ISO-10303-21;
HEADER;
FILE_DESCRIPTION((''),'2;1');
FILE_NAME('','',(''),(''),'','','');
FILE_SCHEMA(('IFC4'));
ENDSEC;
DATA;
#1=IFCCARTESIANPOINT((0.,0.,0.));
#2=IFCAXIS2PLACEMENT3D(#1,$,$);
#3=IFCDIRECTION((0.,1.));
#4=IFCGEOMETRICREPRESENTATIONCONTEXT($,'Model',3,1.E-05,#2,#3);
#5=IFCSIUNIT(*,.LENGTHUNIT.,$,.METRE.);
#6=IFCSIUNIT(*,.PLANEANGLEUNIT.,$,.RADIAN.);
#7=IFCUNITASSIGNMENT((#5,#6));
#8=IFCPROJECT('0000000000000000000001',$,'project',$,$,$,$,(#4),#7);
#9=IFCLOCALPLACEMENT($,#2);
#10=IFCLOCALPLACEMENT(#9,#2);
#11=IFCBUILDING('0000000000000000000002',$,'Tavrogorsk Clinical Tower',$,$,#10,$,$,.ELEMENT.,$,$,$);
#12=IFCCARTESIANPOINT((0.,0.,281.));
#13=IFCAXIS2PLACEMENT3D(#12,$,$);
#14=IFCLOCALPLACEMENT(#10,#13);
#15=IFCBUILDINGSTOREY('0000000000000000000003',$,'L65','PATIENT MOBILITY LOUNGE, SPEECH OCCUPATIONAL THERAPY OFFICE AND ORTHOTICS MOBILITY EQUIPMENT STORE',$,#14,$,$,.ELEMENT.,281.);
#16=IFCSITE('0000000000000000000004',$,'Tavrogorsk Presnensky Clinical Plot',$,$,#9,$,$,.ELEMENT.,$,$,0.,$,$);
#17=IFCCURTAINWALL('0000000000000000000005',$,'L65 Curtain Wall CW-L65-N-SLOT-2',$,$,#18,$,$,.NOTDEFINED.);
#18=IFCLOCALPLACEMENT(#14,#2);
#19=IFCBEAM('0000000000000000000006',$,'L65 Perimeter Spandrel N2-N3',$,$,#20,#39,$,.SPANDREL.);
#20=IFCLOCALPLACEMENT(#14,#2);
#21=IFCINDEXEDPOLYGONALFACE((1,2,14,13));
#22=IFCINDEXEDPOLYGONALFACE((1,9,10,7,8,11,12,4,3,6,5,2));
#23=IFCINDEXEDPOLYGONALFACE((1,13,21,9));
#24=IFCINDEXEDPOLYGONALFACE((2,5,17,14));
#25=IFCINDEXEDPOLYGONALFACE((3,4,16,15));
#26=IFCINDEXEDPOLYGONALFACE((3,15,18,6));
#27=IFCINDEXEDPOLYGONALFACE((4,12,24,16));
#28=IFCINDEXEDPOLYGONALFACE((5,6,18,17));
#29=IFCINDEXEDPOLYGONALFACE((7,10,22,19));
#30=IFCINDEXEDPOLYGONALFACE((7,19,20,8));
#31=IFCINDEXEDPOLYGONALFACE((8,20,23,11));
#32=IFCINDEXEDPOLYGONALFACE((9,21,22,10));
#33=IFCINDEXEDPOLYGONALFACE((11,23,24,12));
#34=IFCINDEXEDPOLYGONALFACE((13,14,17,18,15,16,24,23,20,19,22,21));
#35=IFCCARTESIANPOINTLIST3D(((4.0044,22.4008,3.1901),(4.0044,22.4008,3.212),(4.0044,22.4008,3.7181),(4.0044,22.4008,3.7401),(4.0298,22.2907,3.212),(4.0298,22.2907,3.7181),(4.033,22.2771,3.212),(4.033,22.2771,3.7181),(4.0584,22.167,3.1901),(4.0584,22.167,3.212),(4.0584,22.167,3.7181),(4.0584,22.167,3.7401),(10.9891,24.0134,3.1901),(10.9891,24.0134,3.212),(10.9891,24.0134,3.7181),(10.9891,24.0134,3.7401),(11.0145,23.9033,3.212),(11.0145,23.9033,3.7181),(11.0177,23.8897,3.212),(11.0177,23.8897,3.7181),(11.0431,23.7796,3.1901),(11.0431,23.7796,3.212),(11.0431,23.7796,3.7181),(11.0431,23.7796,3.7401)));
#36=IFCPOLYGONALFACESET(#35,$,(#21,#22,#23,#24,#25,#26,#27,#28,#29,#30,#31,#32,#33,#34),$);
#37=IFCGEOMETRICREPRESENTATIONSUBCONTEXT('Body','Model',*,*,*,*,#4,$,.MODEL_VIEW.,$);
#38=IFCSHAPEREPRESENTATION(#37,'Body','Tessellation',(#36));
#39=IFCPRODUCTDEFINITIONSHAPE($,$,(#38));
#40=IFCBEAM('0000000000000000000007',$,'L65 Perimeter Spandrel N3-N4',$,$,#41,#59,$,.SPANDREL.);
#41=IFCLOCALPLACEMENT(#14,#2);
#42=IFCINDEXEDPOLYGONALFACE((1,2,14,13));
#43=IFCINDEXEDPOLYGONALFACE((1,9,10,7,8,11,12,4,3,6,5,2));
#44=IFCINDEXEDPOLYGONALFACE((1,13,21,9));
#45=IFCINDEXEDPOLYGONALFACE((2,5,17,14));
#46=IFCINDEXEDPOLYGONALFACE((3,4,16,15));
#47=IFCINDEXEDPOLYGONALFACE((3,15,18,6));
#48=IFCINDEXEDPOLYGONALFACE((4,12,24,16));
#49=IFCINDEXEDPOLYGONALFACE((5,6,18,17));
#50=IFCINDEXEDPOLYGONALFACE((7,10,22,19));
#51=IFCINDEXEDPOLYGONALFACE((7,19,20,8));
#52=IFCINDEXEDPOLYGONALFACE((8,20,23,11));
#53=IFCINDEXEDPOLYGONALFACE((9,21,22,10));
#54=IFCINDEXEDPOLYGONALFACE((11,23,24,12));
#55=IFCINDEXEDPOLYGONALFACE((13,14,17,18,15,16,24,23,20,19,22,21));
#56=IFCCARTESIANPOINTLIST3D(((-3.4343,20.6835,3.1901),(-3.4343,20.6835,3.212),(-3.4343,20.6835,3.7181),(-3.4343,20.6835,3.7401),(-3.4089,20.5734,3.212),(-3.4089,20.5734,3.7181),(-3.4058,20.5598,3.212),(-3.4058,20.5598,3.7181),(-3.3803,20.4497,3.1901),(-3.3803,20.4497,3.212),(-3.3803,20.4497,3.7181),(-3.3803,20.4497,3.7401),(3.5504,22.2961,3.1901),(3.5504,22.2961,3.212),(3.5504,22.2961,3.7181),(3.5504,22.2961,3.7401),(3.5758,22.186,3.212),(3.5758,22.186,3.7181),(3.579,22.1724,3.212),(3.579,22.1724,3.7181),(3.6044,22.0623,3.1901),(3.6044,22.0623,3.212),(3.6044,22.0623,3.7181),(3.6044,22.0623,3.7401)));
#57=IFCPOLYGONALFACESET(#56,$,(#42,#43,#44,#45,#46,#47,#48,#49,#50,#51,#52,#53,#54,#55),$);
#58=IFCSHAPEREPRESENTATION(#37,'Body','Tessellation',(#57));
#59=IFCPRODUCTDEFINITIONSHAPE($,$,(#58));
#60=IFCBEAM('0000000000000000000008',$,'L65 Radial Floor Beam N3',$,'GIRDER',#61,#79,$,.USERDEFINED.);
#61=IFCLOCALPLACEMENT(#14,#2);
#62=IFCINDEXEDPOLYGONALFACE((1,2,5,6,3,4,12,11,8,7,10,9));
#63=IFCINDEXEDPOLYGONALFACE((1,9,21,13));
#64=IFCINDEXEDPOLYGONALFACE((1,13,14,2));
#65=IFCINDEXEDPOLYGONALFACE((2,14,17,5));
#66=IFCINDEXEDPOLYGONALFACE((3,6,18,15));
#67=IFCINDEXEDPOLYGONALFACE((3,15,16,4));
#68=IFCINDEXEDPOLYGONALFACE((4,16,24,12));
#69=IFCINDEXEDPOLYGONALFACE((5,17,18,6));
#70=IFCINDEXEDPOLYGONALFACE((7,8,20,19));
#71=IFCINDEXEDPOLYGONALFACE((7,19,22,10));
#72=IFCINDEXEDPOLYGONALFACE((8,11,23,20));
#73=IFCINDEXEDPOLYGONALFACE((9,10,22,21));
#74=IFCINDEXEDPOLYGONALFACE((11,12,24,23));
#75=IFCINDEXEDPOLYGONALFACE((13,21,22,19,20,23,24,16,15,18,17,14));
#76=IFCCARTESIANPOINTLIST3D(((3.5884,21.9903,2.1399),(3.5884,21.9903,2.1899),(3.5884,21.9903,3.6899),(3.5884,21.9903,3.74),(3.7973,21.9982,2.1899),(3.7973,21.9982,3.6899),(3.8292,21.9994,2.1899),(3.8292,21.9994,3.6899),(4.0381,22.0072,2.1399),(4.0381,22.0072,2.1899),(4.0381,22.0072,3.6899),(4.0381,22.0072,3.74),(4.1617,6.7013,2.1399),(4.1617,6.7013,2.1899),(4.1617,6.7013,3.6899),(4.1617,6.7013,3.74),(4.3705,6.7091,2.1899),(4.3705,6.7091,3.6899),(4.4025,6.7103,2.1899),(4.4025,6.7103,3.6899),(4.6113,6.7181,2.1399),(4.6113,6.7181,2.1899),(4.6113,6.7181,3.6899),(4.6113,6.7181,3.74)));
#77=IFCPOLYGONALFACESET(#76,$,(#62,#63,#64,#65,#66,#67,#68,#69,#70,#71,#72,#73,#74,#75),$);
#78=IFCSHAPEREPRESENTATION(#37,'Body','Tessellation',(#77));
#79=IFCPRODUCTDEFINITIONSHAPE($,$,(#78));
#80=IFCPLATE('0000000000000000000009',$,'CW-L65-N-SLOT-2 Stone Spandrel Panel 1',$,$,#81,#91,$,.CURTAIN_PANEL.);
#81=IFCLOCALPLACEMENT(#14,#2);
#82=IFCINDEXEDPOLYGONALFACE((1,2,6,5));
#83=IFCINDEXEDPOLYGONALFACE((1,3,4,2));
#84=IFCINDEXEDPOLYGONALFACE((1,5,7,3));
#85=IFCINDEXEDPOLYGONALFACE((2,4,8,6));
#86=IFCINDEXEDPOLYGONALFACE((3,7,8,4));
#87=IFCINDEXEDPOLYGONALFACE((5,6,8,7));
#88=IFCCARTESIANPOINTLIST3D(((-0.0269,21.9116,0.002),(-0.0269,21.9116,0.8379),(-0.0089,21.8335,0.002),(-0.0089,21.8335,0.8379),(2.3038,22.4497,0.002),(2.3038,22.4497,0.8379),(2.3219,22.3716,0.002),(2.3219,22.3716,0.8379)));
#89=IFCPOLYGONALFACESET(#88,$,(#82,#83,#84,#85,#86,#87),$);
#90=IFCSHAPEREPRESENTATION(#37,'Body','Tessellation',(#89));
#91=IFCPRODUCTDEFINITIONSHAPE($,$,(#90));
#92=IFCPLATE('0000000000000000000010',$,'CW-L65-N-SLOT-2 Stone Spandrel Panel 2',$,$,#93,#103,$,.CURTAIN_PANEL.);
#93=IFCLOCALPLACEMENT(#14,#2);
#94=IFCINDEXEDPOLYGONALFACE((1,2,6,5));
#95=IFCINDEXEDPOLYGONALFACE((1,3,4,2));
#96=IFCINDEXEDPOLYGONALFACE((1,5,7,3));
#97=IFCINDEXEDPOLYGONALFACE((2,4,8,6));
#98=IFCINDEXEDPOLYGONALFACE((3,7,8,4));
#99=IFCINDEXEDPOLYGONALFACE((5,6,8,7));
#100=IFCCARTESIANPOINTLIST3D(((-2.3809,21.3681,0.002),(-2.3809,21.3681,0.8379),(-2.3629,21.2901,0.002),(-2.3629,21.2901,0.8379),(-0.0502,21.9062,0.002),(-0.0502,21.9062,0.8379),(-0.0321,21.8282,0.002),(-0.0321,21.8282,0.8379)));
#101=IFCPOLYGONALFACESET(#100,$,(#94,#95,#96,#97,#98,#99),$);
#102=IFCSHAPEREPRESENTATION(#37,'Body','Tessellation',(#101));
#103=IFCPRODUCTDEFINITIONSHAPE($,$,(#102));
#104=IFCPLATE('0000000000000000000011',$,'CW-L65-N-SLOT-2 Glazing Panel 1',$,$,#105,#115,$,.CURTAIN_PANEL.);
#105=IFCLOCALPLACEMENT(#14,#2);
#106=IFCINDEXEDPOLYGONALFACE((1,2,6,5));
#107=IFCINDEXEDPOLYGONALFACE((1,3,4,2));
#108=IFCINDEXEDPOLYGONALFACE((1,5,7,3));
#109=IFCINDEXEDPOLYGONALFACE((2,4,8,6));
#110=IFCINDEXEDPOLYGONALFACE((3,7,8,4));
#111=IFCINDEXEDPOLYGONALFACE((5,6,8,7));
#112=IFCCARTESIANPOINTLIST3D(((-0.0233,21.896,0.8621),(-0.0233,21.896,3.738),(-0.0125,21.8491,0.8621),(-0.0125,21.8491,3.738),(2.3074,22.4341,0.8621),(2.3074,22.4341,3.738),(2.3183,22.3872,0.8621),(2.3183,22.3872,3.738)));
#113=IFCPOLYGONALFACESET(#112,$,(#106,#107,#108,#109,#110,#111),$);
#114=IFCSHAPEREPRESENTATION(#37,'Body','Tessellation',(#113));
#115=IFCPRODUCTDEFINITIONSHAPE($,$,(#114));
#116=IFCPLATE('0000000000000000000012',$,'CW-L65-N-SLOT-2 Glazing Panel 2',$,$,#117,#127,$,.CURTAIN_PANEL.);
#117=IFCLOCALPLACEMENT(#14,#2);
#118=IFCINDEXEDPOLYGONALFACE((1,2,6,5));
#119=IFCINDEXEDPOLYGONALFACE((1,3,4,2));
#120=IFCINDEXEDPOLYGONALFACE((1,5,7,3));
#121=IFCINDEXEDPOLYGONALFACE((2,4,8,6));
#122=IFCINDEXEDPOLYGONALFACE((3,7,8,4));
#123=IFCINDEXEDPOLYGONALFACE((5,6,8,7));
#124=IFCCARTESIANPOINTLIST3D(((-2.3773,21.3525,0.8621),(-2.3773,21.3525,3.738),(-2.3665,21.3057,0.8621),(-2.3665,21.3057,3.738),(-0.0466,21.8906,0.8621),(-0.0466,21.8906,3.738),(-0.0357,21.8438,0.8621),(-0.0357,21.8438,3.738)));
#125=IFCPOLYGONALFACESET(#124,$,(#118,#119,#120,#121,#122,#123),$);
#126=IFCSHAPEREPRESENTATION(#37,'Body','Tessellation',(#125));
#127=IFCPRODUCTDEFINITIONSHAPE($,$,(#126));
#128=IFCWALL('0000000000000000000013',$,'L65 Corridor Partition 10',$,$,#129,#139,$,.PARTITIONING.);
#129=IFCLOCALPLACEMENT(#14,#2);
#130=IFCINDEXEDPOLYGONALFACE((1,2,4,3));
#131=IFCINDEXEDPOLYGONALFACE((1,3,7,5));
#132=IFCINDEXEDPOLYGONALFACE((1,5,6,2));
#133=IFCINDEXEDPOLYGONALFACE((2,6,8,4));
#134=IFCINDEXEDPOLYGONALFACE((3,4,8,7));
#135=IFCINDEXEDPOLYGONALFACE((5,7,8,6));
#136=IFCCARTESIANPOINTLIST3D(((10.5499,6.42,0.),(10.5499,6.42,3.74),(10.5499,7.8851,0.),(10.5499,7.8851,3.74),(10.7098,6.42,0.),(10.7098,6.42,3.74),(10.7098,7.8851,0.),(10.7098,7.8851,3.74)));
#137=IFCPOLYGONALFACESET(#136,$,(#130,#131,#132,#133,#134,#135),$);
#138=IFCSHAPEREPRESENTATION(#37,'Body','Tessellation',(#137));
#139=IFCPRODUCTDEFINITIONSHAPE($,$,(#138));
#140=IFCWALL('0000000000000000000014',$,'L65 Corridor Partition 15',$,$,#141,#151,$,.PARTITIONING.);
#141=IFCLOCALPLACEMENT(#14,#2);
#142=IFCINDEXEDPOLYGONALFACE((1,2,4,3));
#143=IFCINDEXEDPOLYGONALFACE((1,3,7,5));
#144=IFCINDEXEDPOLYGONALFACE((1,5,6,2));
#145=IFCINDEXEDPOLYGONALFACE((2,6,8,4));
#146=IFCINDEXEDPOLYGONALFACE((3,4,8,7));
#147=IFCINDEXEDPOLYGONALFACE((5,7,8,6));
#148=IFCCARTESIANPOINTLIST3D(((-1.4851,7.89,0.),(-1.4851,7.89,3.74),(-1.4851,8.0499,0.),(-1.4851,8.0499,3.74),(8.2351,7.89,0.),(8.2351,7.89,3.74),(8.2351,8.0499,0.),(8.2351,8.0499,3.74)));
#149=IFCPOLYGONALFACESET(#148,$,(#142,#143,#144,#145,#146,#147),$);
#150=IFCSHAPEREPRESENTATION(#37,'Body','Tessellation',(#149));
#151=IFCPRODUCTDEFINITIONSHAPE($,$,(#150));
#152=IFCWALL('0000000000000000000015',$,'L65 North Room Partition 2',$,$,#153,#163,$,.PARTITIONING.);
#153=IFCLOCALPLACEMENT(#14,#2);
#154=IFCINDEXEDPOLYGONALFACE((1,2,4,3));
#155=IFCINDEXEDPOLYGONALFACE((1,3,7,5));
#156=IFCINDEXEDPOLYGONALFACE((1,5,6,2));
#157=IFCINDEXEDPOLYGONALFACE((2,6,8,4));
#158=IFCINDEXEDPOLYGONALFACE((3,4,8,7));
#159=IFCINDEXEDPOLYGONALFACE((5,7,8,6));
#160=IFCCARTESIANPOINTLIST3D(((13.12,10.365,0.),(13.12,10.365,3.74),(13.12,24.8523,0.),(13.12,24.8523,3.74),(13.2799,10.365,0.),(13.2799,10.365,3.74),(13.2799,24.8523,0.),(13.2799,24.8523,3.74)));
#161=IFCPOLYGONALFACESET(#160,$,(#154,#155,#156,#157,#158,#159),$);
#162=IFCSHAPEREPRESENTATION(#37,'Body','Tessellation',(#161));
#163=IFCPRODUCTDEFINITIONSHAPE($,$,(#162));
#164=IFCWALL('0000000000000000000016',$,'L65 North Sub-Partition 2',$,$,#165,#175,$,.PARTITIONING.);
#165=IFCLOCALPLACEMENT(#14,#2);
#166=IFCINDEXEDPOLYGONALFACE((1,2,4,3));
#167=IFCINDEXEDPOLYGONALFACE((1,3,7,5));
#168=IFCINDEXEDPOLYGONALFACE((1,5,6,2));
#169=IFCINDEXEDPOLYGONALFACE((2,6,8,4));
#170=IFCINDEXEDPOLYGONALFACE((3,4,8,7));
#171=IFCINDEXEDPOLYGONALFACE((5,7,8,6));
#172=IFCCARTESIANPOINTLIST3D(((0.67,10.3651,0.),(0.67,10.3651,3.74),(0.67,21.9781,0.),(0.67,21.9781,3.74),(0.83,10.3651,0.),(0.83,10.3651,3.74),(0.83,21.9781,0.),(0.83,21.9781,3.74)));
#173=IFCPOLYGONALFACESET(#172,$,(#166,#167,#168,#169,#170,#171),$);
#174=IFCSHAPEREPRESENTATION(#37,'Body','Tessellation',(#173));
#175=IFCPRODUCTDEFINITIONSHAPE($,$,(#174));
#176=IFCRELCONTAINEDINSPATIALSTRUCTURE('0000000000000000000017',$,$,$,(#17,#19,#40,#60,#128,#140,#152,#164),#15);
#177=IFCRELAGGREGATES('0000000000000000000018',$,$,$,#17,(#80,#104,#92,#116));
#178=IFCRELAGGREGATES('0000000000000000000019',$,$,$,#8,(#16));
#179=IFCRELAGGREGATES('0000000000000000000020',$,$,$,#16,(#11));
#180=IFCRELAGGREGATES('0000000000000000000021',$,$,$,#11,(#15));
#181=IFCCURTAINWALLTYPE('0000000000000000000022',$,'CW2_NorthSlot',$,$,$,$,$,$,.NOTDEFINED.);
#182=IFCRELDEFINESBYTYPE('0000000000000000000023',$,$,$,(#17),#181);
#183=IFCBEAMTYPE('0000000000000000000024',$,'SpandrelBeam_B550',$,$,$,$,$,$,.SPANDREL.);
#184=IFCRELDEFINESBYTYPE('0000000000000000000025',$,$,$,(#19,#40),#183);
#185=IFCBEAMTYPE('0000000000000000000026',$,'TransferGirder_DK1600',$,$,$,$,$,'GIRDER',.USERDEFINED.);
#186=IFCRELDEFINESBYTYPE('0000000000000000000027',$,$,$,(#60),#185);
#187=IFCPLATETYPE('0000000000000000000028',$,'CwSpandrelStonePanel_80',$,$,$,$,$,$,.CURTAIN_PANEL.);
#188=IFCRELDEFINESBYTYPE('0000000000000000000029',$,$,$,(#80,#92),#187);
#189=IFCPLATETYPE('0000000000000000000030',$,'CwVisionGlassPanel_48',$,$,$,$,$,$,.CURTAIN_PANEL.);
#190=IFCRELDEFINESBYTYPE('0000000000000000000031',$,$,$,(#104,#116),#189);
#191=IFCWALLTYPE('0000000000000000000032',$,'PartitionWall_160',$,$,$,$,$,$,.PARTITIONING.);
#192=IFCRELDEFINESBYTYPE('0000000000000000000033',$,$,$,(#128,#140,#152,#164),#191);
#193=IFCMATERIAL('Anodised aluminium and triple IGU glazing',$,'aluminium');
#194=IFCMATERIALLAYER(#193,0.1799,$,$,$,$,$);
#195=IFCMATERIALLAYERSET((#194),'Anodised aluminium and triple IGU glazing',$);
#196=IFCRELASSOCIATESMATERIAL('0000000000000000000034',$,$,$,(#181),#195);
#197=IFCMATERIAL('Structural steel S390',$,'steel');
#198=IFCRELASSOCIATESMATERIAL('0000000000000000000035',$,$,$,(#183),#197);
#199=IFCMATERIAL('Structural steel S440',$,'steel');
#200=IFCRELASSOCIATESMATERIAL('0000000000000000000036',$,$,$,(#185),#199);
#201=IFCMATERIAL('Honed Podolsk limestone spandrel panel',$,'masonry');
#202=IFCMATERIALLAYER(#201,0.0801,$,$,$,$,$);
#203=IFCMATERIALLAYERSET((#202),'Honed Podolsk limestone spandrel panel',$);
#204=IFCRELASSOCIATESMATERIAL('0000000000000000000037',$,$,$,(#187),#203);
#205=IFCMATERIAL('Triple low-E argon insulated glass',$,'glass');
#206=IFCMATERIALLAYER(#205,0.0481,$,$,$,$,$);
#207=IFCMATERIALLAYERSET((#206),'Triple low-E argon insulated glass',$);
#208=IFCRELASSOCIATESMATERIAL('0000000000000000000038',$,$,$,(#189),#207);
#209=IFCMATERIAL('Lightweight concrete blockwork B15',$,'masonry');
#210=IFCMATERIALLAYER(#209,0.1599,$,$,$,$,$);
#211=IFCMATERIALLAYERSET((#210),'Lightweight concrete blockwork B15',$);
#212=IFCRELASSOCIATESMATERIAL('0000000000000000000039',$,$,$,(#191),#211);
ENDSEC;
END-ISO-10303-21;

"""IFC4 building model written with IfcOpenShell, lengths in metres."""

from ifc_helpers import new_model, si_unit, direction, frame, frame_2d, origin, origin_2d, place, context, subcontext, project, spatial, rectangle, i_section, extrude, material, layer, layer_set, material_profile, profile_set, type_object, element, aggregate, save


model = new_model("IFC4")

# Units and contexts
model_context = context("Model", 3, precision=1e-05, world=origin(), true_north=direction((0.0, 1.0)))
body_context = subcontext(model_context, "Body", "Model", "MODEL_VIEW")
ifc_project = project(units=[si_unit("LENGTHUNIT", "METRE"), si_unit("PLANEANGLEUNIT", "RADIAN")], contexts=[model_context])

# Site, building, storey
site_placement = place(None, origin())
site = spatial("IfcSite", under=ifc_project, at=site_placement, Name="Tavrogorsk Presnensky Clinical Plot", CompositionType="ELEMENT", RefElevation=0.0)
building_placement = place(site_placement, origin())
building = spatial("IfcBuilding", under=site, at=building_placement, Name="Tavrogorsk Clinical Tower", CompositionType="ELEMENT")
storey_placement = place(building_placement, frame((0.0, 0.0, 281.0)))
storey = spatial("IfcBuildingStorey", under=building, at=storey_placement, Name="L65", Description="PATIENT MOBILITY LOUNGE, SPEECH OCCUPATIONAL THERAPY OFFICE AND ORTHOTICS MOBILITY EQUIPMENT STORE", CompositionType="ELEMENT", Elevation=281.0)

# Curtain wall
ifc_material_1 = material(Name="Anodised aluminium and triple IGU glazing", Category="aluminium")
ifc_layer_1 = layer(ifc_material_1, 0.1799)
ifc_layer_set_1 = layer_set([ifc_layer_1], Name="Anodised aluminium and triple IGU glazing")
curtain_wall_type = type_object("IfcCurtainWallType", Name="CW2_NorthSlot", PredefinedType="NOTDEFINED", material=ifc_layer_set_1)
curtain_wall_placement = place(storey_placement, origin())
curtain_wall = element("IfcCurtainWall", 1, at=curtain_wall_placement, inside=storey, type_object=curtain_wall_type, Name="L65 Curtain Wall CW-L65-N-SLOT-2", PredefinedType="NOTDEFINED")

# Beams
ifc_material_2 = material(Name="Structural steel S390", Category="steel")
ifc_material_profile_1 = material_profile(ifc_material_2, i_section(OverallWidth=0.24, OverallDepth=0.55, WebThickness=0.0139, FlangeThickness=0.022, at=origin_2d()), Name="B-550x240x14x22")
ifc_profile_set_1 = profile_set([ifc_material_profile_1], Name="Structural steel S390")
beam_type_1 = type_object("IfcBeamType", Name="SpandrelBeam_B550", PredefinedType="SPANDREL", material=ifc_profile_set_1)
for number, where, z_axis, x_axis, name in (
    (2, (11.0161, 23.8965, 3.4651), (-0.974369, -0.224954, 0.0), (0.224954, -0.974369, 0.0), "L65 Perimeter Spandrel N2-N3"),
    (3, (3.5774, 22.1792, 3.4651), (-0.974369, -0.224954, 0.0), (0.224954, -0.974369, 0.0), "L65 Perimeter Spandrel N3-N4"),
):
    element("IfcBeam", number, at=place(storey_placement, frame(where, z_axis=z_axis, x_axis=x_axis)), inside=storey, type_object=beam_type_1, Name=name, PredefinedType="SPANDREL", context=body_context, shape_type="SweptSolid", body=[
        extrude(i_section(OverallWidth=0.24, OverallDepth=0.55, WebThickness=0.0139, FlangeThickness=0.022, at=origin_2d()), origin(), (0.0, 0.0, 1.0), 7.1685),
    ])
ifc_material_3 = material(Name="Structural steel S440", Category="steel")
ifc_material_profile_2 = material_profile(ifc_material_3, i_section(OverallWidth=0.45, OverallDepth=1.6001, WebThickness=0.032, FlangeThickness=0.05, at=origin_2d()), Name="DK-1600x450x32x50")
ifc_profile_set_2 = profile_set([ifc_material_profile_2], Name="Structural steel S440")
beam_type_2 = type_object("IfcBeamType", Name="TransferGirder_DK1600", ElementType="GIRDER", PredefinedType="USERDEFINED", material=ifc_profile_set_2)
beam_1_placement = place(storey_placement, frame((4.3865, 6.7097, 2.9399), z_axis=(-0.037467, 0.999298, 0.0), x_axis=(-0.999298, -0.037467, 0.0)))
element("IfcBeam", 4, at=beam_1_placement, inside=storey, type_object=beam_type_2, Name="L65 Radial Floor Beam N3", ObjectType="GIRDER", PredefinedType="USERDEFINED", context=body_context, shape_type="SweptSolid", body=[
    extrude(i_section(OverallWidth=0.45, OverallDepth=1.6001, WebThickness=0.032, FlangeThickness=0.05, at=origin_2d()), origin(), (0.0, 0.0, 1.0), 15.2998),
])

# Plates
ifc_material_4 = material(Name="Honed Podolsk limestone spandrel panel", Category="masonry")
ifc_layer_2 = layer(ifc_material_4, 0.0801)
ifc_layer_set_2 = layer_set([ifc_layer_2], Name="Honed Podolsk limestone spandrel panel")
plate_type_1 = type_object("IfcPlateType", Name="CwSpandrelStonePanel_80", PredefinedType="CURTAIN_PANEL", material=ifc_layer_set_2)
plate_1_placement = place(storey_placement, frame((1.1475, 22.1416, 0.002), z_axis=(0.0, 0.0, 1.0), x_axis=(-0.97437, -0.224951, 0.0)))
plate_1 = element("IfcPlate", 5, at=plate_1_placement, type_object=plate_type_1, Name="CW-L65-N-SLOT-2 Stone Spandrel Panel 1", PredefinedType="CURTAIN_PANEL", context=body_context, shape_type="SweptSolid", body=[
    extrude(rectangle(XDim=2.3921, YDim=0.0801, at=origin_2d()), origin(), (0.0, 0.0, 1.0), 0.8359),
])
plate_2_placement = place(storey_placement, frame((-1.2065, 21.5981, 0.002), z_axis=(0.0, 0.0, 1.0), x_axis=(-0.97437, -0.224951, 0.0)))
plate_2 = element("IfcPlate", 6, at=plate_2_placement, type_object=plate_type_1, Name="CW-L65-N-SLOT-2 Stone Spandrel Panel 2", PredefinedType="CURTAIN_PANEL", context=body_context, shape_type="SweptSolid", body=[
    extrude(rectangle(XDim=2.3921, YDim=0.0801, at=origin_2d()), origin(), (0.0, 0.0, 1.0), 0.8359),
])
ifc_material_5 = material(Name="Triple low-E argon insulated glass", Category="glass")
ifc_layer_3 = layer(ifc_material_5, 0.0481)
ifc_layer_set_3 = layer_set([ifc_layer_3], Name="Triple low-E argon insulated glass")
plate_type_2 = type_object("IfcPlateType", Name="CwVisionGlassPanel_48", PredefinedType="CURTAIN_PANEL", material=ifc_layer_set_3)
plate_3_placement = place(storey_placement, frame((1.1475, 22.1416, 0.8621), z_axis=(0.0, 0.0, 1.0), x_axis=(-0.97437, -0.224951, 0.0)))
plate_3 = element("IfcPlate", 7, at=plate_3_placement, type_object=plate_type_2, Name="CW-L65-N-SLOT-2 Glazing Panel 1", PredefinedType="CURTAIN_PANEL", context=body_context, shape_type="SweptSolid", body=[
    extrude(rectangle(XDim=2.3921, YDim=0.0481, at=origin_2d()), origin(), (0.0, 0.0, 1.0), 2.876),
])
plate_4_placement = place(storey_placement, frame((-1.2065, 21.5981, 0.8621), z_axis=(0.0, 0.0, 1.0), x_axis=(-0.97437, -0.224951, 0.0)))
plate_4 = element("IfcPlate", 8, at=plate_4_placement, type_object=plate_type_2, Name="CW-L65-N-SLOT-2 Glazing Panel 2", PredefinedType="CURTAIN_PANEL", context=body_context, shape_type="SweptSolid", body=[
    extrude(rectangle(XDim=2.3921, YDim=0.0481, at=origin_2d()), origin(), (0.0, 0.0, 1.0), 2.876),
])
aggregate(curtain_wall, [plate_1, plate_3, plate_2, plate_4])

# Walls
ifc_material_6 = material(Name="Lightweight concrete blockwork B15", Category="masonry")
ifc_layer_4 = layer(ifc_material_6, 0.1599)
ifc_layer_set_4 = layer_set([ifc_layer_4], Name="Lightweight concrete blockwork B15")
wall_type = type_object("IfcWallType", Name="PartitionWall_160", PredefinedType="PARTITIONING", material=ifc_layer_set_4)
wall_1_placement = place(storey_placement, frame((10.6299, 7.885, 0.0), z_axis=(0.0, 0.0, 1.0), x_axis=(0.0, -1.0, 0.0)))
element("IfcWall", 9, at=wall_1_placement, inside=storey, type_object=wall_type, Name="L65 Corridor Partition 10", PredefinedType="PARTITIONING", context=body_context, shape_type="SweptSolid", body=[
    extrude(rectangle(XDim=1.4651, YDim=0.1599, at=frame_2d((0.7324, 0.0))), origin(), (0.0, 0.0, 1.0), 3.74),
])
wall_2_placement = place(storey_placement, frame((8.2351, 7.97, 0.0), z_axis=(0.0, 0.0, 1.0), x_axis=(-1.0, 0.0, 0.0)))
element("IfcWall", 10, at=wall_2_placement, inside=storey, type_object=wall_type, Name="L65 Corridor Partition 15", PredefinedType="PARTITIONING", context=body_context, shape_type="SweptSolid", body=[
    extrude(rectangle(XDim=9.7202, YDim=0.1599, at=frame_2d((4.8601, 0.0))), origin(), (0.0, 0.0, 1.0), 3.74),
])
wall_3_placement = place(storey_placement, frame((13.2, 10.365, 0.0), z_axis=(0.0, 0.0, 1.0), x_axis=(0.0, 1.0, 0.0)))
element("IfcWall", 11, at=wall_3_placement, inside=storey, type_object=wall_type, Name="L65 North Room Partition 2", PredefinedType="PARTITIONING", context=body_context, shape_type="SweptSolid", body=[
    extrude(rectangle(XDim=14.4873, YDim=0.1599, at=frame_2d((7.2437, 0.0))), origin(), (0.0, 0.0, 1.0), 3.74),
])
wall_4_placement = place(storey_placement, frame((0.75, 10.365, 0.0), z_axis=(0.0, 0.0, 1.0), x_axis=(0.0, 1.0, 0.0)))
element("IfcWall", 12, at=wall_4_placement, inside=storey, type_object=wall_type, Name="L65 North Sub-Partition 2", PredefinedType="PARTITIONING", context=body_context, shape_type="SweptSolid", body=[
    extrude(rectangle(XDim=11.613, YDim=0.1599, at=frame_2d((5.8066, 0.0))), origin(), (0.0, 0.0, 1.0), 3.74),
])

save(model, "model.ifc")
